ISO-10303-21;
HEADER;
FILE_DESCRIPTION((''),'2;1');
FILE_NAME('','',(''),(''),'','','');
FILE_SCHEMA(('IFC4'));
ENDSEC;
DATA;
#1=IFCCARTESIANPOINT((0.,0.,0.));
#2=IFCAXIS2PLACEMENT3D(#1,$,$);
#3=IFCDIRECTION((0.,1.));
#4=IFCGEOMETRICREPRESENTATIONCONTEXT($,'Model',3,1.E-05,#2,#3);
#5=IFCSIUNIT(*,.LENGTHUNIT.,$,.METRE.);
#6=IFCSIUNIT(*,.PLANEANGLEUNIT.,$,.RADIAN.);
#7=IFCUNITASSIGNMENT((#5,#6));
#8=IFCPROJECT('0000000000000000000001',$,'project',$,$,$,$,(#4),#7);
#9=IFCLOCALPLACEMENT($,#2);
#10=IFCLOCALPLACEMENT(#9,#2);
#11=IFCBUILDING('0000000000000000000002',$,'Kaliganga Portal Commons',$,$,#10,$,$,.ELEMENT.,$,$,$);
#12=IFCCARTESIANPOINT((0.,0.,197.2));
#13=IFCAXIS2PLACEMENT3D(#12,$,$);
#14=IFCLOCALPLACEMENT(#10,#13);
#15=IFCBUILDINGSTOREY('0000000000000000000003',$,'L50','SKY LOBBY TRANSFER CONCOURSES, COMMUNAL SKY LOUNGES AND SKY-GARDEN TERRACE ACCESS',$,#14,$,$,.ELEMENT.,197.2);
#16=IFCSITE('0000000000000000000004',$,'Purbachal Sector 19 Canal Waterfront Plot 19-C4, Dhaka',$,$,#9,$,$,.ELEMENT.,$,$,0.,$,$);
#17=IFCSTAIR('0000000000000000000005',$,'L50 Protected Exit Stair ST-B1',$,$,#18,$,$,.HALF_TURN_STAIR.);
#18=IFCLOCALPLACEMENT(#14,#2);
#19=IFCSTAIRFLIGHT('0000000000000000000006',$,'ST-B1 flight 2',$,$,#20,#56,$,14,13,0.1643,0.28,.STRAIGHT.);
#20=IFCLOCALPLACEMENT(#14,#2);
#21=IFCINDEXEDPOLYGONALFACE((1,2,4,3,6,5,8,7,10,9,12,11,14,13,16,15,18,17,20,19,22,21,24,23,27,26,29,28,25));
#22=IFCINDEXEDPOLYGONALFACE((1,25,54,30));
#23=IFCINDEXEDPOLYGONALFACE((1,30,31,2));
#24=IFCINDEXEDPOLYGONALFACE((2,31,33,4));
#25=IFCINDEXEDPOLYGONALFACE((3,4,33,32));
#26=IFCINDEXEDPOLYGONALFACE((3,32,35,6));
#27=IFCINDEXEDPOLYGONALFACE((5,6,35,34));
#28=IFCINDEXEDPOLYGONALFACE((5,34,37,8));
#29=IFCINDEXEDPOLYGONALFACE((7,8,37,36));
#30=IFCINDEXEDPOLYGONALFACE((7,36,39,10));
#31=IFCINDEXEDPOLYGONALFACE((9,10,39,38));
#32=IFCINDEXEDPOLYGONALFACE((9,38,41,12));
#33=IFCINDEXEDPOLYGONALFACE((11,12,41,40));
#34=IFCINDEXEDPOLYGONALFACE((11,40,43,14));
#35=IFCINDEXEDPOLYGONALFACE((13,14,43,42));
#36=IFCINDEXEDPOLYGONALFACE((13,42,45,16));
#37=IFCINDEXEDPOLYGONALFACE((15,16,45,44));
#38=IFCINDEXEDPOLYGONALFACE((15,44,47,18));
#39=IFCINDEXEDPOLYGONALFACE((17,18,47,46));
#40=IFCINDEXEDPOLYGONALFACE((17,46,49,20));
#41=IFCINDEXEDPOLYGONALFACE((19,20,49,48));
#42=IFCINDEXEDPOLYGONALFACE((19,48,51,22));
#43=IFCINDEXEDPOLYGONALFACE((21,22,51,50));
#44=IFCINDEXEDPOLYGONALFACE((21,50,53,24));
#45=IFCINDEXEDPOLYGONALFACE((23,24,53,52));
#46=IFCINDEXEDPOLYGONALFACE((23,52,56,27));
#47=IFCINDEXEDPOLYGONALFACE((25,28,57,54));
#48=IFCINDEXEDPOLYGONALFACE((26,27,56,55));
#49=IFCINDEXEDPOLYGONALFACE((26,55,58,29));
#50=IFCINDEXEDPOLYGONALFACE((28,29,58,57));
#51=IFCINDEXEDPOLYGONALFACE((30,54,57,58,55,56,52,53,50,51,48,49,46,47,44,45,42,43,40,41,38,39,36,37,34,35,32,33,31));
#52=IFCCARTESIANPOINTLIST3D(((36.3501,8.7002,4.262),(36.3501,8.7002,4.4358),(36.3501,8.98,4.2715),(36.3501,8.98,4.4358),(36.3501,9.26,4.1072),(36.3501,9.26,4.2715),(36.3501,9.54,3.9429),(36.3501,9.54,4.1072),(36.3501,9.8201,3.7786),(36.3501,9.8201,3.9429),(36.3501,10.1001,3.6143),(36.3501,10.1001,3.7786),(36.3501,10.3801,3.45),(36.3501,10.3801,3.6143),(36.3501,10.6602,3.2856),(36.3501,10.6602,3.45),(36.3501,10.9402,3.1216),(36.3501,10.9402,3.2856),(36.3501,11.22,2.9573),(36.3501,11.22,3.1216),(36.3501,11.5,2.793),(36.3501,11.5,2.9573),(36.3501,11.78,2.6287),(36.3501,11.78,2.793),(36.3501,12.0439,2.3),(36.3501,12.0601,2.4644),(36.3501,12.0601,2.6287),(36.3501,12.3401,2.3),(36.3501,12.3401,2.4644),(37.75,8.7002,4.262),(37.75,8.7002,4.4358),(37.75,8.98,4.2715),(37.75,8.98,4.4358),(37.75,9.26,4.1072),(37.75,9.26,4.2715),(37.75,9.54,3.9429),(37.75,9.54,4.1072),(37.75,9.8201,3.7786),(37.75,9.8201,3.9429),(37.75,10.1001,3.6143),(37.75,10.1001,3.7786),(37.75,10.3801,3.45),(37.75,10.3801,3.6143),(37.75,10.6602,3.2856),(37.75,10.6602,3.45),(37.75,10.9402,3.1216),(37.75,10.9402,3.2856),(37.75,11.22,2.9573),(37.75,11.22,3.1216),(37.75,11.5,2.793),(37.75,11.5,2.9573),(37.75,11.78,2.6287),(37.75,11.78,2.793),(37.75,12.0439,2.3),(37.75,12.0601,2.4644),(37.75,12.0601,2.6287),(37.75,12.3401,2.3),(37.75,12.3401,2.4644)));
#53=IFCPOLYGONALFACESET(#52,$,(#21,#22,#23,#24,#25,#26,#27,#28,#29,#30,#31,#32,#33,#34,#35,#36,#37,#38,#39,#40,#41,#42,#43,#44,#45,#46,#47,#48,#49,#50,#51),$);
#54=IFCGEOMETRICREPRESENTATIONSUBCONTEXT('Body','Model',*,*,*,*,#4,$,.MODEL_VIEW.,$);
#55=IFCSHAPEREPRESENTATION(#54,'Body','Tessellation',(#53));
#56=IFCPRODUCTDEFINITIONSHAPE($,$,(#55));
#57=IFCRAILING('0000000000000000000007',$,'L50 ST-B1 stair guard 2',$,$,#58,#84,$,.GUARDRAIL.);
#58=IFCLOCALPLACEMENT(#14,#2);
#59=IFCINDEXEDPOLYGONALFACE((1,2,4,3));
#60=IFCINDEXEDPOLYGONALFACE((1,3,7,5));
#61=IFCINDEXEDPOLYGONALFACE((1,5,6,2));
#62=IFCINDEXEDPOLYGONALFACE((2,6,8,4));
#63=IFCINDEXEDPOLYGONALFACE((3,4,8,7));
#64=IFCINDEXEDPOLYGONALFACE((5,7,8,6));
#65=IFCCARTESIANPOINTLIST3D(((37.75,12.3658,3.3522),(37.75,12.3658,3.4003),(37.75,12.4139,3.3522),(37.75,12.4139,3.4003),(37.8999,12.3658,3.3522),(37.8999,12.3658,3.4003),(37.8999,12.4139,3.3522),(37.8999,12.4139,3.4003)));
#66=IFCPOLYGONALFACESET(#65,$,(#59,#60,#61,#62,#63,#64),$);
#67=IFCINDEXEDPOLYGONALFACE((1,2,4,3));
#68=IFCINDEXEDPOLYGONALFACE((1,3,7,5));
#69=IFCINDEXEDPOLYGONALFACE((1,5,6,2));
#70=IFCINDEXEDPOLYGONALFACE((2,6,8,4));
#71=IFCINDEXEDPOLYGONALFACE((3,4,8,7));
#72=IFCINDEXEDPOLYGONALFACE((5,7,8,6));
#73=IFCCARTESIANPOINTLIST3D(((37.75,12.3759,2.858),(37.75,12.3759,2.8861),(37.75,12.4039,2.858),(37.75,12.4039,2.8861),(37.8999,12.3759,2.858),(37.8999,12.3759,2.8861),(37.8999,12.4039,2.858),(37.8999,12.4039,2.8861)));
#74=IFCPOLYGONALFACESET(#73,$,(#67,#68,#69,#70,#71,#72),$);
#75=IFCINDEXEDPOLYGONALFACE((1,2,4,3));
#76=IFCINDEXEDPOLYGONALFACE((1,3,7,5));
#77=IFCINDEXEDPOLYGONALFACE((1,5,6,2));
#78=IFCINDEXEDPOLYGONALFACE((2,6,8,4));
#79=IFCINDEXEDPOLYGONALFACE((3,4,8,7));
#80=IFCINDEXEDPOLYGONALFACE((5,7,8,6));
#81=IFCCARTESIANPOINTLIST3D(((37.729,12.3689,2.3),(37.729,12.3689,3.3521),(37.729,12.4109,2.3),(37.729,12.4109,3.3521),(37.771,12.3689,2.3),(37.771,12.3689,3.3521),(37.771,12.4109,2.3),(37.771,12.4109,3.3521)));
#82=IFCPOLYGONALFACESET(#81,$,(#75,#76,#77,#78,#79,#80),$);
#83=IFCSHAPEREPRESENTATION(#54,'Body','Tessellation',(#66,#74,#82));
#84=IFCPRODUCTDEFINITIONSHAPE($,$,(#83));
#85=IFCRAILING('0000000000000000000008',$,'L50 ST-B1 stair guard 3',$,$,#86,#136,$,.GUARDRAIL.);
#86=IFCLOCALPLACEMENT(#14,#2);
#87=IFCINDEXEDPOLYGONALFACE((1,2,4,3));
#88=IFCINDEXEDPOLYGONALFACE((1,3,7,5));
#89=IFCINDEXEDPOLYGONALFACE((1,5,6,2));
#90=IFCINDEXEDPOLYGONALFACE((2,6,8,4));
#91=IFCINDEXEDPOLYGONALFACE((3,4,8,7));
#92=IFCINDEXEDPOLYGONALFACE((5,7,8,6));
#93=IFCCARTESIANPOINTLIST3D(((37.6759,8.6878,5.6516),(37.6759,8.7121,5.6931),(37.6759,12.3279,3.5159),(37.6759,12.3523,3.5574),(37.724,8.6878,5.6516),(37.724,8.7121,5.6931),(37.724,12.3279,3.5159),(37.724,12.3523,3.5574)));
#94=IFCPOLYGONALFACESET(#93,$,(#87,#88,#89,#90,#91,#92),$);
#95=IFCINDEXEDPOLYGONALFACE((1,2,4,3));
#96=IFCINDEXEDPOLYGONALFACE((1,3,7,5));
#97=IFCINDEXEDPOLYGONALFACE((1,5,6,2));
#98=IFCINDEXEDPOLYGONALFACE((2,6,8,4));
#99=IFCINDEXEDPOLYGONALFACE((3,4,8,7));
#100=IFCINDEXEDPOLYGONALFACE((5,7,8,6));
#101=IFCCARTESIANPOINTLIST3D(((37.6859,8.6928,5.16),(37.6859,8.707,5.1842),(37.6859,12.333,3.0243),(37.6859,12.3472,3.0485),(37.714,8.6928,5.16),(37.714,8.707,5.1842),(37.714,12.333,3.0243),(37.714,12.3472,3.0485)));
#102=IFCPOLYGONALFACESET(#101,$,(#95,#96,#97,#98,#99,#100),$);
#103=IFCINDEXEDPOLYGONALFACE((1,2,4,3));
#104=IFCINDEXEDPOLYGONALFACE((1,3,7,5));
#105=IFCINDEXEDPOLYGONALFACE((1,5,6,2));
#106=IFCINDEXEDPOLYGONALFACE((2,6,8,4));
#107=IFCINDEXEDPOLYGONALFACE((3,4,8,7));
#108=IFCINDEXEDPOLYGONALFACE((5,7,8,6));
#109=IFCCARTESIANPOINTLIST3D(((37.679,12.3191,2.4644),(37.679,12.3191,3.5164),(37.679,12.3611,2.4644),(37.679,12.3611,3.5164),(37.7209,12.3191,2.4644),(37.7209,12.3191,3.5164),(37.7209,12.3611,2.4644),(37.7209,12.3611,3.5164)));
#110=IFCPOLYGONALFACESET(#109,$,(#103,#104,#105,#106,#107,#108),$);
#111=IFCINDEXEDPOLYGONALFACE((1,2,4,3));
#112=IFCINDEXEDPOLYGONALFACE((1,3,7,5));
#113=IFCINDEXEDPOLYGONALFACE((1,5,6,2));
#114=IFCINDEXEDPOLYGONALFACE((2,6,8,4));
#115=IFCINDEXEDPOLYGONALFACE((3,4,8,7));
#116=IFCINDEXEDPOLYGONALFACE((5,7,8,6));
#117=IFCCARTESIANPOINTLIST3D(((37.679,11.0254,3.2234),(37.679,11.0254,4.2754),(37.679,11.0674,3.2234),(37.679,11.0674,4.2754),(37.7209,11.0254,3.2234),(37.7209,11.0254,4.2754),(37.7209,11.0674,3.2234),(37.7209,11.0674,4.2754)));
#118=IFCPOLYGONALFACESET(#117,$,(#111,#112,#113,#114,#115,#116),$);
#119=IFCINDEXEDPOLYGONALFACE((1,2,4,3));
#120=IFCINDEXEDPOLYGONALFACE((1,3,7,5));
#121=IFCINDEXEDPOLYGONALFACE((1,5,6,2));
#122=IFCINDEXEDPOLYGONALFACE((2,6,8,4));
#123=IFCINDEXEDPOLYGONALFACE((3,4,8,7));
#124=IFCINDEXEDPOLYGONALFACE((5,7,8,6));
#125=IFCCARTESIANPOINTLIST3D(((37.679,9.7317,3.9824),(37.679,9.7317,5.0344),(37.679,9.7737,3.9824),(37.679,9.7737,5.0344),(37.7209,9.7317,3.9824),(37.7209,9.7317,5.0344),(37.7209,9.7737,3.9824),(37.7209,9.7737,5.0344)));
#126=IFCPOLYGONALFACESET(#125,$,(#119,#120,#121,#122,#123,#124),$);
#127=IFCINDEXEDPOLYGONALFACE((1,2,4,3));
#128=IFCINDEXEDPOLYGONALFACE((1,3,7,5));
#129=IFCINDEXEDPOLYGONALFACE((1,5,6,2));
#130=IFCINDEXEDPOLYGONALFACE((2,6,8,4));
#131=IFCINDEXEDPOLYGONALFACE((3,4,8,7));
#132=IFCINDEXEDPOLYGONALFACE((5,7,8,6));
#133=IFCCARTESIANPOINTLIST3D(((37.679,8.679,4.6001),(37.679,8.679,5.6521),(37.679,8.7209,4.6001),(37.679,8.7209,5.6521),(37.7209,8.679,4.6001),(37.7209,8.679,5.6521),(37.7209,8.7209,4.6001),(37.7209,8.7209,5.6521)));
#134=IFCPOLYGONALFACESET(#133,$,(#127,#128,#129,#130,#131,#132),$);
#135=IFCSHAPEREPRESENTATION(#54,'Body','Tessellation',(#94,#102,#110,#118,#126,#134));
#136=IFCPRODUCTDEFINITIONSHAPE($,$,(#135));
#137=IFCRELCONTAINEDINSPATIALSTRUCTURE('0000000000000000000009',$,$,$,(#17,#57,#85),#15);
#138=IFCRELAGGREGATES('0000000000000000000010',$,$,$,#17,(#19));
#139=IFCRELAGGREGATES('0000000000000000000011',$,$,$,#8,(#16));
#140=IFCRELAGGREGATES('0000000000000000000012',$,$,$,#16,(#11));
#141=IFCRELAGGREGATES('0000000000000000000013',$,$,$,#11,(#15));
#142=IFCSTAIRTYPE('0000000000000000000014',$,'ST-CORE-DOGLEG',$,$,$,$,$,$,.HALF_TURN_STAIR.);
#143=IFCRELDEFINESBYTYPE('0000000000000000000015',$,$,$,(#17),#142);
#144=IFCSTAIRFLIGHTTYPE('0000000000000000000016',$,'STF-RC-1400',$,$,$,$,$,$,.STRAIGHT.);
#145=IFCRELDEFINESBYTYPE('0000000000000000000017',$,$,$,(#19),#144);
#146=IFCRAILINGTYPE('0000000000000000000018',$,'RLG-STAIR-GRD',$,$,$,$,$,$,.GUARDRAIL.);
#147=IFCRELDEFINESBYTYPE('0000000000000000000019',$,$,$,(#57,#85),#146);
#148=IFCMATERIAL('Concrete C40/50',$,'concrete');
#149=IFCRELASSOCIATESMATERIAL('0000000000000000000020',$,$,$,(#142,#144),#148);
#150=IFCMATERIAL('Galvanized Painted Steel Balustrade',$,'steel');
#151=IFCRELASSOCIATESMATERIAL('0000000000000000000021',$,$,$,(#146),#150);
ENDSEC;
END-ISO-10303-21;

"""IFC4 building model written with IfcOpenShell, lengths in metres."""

from ifc_helpers import new_model, si_unit, direction, frame, origin, origin_2d, place, context, subcontext, project, spatial, polyline, rectangle, outline, extrude, material, type_object, element, aggregate, save


model = new_model("IFC4")

# Units and contexts
model_context = context("Model", 3, precision=1e-05, world=origin(), true_north=direction((0.0, 1.0)))
body_context = subcontext(model_context, "Body", "Model", "MODEL_VIEW")
ifc_project = project(units=[si_unit("LENGTHUNIT", "METRE"), si_unit("PLANEANGLEUNIT", "RADIAN")], contexts=[model_context])

# Site, building, storey
site_placement = place(None, origin())
site = spatial("IfcSite", under=ifc_project, at=site_placement, Name="Purbachal Sector 19 Canal Waterfront Plot 19-C4, Dhaka", CompositionType="ELEMENT", RefElevation=0.0)
building_placement = place(site_placement, origin())
building = spatial("IfcBuilding", under=site, at=building_placement, Name="Kaliganga Portal Commons", CompositionType="ELEMENT")
storey_placement = place(building_placement, frame((0.0, 0.0, 197.2)))
storey = spatial("IfcBuildingStorey", under=building, at=storey_placement, Name="L50", Description="SKY LOBBY TRANSFER CONCOURSES, COMMUNAL SKY LOUNGES AND SKY-GARDEN TERRACE ACCESS", CompositionType="ELEMENT", Elevation=197.2)

# Stair, stair flight
ifc_material_1 = material(Name="Concrete C40/50", Category="concrete")
stair_type = type_object("IfcStairType", Name="ST-CORE-DOGLEG", PredefinedType="HALF_TURN_STAIR", material=ifc_material_1)
stair_placement = place(storey_placement, origin())
stair = element("IfcStair", 1, at=stair_placement, inside=storey, type_object=stair_type, Name="L50 Protected Exit Stair ST-B1", PredefinedType="HALF_TURN_STAIR")
stair_flight_type = type_object("IfcStairFlightType", Name="STF-RC-1400", PredefinedType="STRAIGHT", material=ifc_material_1)
stair_flight_placement = place(storey_placement, frame((37.05, 12.3401, 2.3), z_axis=(0.0, 0.0, 1.0), x_axis=(0.0, -1.0, 0.0)))
stair_flight = element("IfcStairFlight", 2, at=stair_flight_placement, type_object=stair_flight_type, Name="ST-B1 flight 2", NumberOfRisers=14, NumberOfTreads=13, PredefinedType="STRAIGHT", RiserHeight=0.1643, TreadLength=0.28, context=body_context, shape_type="SweptSolid", body=[
    extrude(outline(polyline([(0.0, 0.0), (0.0, 0.1643), (0.28, 0.1643), (0.28, 0.3286), (0.5601, 0.3286), (0.5601, 0.4929), (0.8401, 0.4929), (0.8401, 0.6572), (1.1201, 0.6572), (1.1201, 0.8215), (1.3999, 0.8215), (1.3999, 0.9856), (1.6799, 0.9856), (1.6799, 1.1499), (1.96, 1.1499), (1.96, 1.3142), (2.24, 1.3142), (2.24, 1.4785), (2.52, 1.4785), (2.52, 1.6428), (2.8, 1.6428), (2.8, 1.8071), (3.0801, 1.8071), (3.0801, 1.9714), (3.3601, 1.9714), (3.3601, 2.1357), (3.6399, 2.1357), (3.6399, 2.3), (3.6399, 1.9619), (0.2961, 0.0), (0.0, 0.0)])), frame((0.0, 0.7, 0.0), z_axis=(0.0, -1.0, 0.0), x_axis=(1.0, 0.0, 0.0)), (0.0, 0.0, 1.0), 1.3999),
])
aggregate(stair, [stair_flight])

# Railings
ifc_material_2 = material(Name="Galvanized Painted Steel Balustrade", Category="steel")
railing_type = type_object("IfcRailingType", Name="RLG-STAIR-GRD", PredefinedType="GUARDRAIL", material=ifc_material_2)
railing_1_placement = place(storey_placement, frame((37.8999, 12.3899, 2.3)))
element("IfcRailing", 3, at=railing_1_placement, inside=storey, type_object=railing_type, Name="L50 ST-B1 stair guard 2", PredefinedType="GUARDRAIL", context=body_context, shape_type="SweptSolid", body=[
    extrude(rectangle(XDim=0.0481, YDim=0.0481, at=origin_2d()), frame((0.0, 0.0, 1.0762), z_axis=(-1.0, 0.0, 0.0), x_axis=(0.0, -1.0, 0.0)), (0.0, 0.0, 1.0), 0.1499),
    extrude(rectangle(XDim=0.0281, YDim=0.0281, at=origin_2d()), frame((0.0, 0.0, 0.572), z_axis=(-1.0, 0.0, 0.0), x_axis=(0.0, -1.0, 0.0)), (0.0, 0.0, 1.0), 0.1499),
    extrude(rectangle(XDim=0.042, YDim=0.042, at=origin_2d()), frame((-0.1499, 0.0, 0.0)), (0.0, 0.0, 1.0), 1.052),
])
railing_2_placement = place(storey_placement, frame((37.7, 12.3401, 2.4644)))
element("IfcRailing", 4, at=railing_2_placement, inside=storey, type_object=railing_type, Name="L50 ST-B1 stair guard 3", PredefinedType="GUARDRAIL", context=body_context, shape_type="SweptSolid", body=[
    extrude(rectangle(XDim=0.0481, YDim=0.0481, at=origin_2d()), frame((0.0, 0.0, 1.0723), z_axis=(0.0, -0.862505, 0.506049), x_axis=(1.0, 0.0, 0.0)), (0.0, 0.0, 1.0), 4.2205),
    extrude(rectangle(XDim=0.0281, YDim=0.0281, at=origin_2d()), frame((0.0, 0.0, 0.572), z_axis=(0.0, -0.862505, 0.506049), x_axis=(1.0, 0.0, 0.0)), (0.0, 0.0, 1.0), 4.2205),
    extrude(rectangle(XDim=0.042, YDim=0.042, at=origin_2d()), origin(), (0.0, 0.0, 1.0), 1.052),
    extrude(rectangle(XDim=0.042, YDim=0.042, at=origin_2d()), frame((0.0, -1.2937, 0.759)), (0.0, 0.0, 1.0), 1.052),
    extrude(rectangle(XDim=0.042, YDim=0.042, at=origin_2d()), frame((0.0, -2.5874, 1.5181)), (0.0, 0.0, 1.0), 1.052),
    extrude(rectangle(XDim=0.042, YDim=0.042, at=origin_2d()), frame((0.0, -3.6401, 2.1357)), (0.0, 0.0, 1.0), 1.052),
])

save(model, "model.ifc")
